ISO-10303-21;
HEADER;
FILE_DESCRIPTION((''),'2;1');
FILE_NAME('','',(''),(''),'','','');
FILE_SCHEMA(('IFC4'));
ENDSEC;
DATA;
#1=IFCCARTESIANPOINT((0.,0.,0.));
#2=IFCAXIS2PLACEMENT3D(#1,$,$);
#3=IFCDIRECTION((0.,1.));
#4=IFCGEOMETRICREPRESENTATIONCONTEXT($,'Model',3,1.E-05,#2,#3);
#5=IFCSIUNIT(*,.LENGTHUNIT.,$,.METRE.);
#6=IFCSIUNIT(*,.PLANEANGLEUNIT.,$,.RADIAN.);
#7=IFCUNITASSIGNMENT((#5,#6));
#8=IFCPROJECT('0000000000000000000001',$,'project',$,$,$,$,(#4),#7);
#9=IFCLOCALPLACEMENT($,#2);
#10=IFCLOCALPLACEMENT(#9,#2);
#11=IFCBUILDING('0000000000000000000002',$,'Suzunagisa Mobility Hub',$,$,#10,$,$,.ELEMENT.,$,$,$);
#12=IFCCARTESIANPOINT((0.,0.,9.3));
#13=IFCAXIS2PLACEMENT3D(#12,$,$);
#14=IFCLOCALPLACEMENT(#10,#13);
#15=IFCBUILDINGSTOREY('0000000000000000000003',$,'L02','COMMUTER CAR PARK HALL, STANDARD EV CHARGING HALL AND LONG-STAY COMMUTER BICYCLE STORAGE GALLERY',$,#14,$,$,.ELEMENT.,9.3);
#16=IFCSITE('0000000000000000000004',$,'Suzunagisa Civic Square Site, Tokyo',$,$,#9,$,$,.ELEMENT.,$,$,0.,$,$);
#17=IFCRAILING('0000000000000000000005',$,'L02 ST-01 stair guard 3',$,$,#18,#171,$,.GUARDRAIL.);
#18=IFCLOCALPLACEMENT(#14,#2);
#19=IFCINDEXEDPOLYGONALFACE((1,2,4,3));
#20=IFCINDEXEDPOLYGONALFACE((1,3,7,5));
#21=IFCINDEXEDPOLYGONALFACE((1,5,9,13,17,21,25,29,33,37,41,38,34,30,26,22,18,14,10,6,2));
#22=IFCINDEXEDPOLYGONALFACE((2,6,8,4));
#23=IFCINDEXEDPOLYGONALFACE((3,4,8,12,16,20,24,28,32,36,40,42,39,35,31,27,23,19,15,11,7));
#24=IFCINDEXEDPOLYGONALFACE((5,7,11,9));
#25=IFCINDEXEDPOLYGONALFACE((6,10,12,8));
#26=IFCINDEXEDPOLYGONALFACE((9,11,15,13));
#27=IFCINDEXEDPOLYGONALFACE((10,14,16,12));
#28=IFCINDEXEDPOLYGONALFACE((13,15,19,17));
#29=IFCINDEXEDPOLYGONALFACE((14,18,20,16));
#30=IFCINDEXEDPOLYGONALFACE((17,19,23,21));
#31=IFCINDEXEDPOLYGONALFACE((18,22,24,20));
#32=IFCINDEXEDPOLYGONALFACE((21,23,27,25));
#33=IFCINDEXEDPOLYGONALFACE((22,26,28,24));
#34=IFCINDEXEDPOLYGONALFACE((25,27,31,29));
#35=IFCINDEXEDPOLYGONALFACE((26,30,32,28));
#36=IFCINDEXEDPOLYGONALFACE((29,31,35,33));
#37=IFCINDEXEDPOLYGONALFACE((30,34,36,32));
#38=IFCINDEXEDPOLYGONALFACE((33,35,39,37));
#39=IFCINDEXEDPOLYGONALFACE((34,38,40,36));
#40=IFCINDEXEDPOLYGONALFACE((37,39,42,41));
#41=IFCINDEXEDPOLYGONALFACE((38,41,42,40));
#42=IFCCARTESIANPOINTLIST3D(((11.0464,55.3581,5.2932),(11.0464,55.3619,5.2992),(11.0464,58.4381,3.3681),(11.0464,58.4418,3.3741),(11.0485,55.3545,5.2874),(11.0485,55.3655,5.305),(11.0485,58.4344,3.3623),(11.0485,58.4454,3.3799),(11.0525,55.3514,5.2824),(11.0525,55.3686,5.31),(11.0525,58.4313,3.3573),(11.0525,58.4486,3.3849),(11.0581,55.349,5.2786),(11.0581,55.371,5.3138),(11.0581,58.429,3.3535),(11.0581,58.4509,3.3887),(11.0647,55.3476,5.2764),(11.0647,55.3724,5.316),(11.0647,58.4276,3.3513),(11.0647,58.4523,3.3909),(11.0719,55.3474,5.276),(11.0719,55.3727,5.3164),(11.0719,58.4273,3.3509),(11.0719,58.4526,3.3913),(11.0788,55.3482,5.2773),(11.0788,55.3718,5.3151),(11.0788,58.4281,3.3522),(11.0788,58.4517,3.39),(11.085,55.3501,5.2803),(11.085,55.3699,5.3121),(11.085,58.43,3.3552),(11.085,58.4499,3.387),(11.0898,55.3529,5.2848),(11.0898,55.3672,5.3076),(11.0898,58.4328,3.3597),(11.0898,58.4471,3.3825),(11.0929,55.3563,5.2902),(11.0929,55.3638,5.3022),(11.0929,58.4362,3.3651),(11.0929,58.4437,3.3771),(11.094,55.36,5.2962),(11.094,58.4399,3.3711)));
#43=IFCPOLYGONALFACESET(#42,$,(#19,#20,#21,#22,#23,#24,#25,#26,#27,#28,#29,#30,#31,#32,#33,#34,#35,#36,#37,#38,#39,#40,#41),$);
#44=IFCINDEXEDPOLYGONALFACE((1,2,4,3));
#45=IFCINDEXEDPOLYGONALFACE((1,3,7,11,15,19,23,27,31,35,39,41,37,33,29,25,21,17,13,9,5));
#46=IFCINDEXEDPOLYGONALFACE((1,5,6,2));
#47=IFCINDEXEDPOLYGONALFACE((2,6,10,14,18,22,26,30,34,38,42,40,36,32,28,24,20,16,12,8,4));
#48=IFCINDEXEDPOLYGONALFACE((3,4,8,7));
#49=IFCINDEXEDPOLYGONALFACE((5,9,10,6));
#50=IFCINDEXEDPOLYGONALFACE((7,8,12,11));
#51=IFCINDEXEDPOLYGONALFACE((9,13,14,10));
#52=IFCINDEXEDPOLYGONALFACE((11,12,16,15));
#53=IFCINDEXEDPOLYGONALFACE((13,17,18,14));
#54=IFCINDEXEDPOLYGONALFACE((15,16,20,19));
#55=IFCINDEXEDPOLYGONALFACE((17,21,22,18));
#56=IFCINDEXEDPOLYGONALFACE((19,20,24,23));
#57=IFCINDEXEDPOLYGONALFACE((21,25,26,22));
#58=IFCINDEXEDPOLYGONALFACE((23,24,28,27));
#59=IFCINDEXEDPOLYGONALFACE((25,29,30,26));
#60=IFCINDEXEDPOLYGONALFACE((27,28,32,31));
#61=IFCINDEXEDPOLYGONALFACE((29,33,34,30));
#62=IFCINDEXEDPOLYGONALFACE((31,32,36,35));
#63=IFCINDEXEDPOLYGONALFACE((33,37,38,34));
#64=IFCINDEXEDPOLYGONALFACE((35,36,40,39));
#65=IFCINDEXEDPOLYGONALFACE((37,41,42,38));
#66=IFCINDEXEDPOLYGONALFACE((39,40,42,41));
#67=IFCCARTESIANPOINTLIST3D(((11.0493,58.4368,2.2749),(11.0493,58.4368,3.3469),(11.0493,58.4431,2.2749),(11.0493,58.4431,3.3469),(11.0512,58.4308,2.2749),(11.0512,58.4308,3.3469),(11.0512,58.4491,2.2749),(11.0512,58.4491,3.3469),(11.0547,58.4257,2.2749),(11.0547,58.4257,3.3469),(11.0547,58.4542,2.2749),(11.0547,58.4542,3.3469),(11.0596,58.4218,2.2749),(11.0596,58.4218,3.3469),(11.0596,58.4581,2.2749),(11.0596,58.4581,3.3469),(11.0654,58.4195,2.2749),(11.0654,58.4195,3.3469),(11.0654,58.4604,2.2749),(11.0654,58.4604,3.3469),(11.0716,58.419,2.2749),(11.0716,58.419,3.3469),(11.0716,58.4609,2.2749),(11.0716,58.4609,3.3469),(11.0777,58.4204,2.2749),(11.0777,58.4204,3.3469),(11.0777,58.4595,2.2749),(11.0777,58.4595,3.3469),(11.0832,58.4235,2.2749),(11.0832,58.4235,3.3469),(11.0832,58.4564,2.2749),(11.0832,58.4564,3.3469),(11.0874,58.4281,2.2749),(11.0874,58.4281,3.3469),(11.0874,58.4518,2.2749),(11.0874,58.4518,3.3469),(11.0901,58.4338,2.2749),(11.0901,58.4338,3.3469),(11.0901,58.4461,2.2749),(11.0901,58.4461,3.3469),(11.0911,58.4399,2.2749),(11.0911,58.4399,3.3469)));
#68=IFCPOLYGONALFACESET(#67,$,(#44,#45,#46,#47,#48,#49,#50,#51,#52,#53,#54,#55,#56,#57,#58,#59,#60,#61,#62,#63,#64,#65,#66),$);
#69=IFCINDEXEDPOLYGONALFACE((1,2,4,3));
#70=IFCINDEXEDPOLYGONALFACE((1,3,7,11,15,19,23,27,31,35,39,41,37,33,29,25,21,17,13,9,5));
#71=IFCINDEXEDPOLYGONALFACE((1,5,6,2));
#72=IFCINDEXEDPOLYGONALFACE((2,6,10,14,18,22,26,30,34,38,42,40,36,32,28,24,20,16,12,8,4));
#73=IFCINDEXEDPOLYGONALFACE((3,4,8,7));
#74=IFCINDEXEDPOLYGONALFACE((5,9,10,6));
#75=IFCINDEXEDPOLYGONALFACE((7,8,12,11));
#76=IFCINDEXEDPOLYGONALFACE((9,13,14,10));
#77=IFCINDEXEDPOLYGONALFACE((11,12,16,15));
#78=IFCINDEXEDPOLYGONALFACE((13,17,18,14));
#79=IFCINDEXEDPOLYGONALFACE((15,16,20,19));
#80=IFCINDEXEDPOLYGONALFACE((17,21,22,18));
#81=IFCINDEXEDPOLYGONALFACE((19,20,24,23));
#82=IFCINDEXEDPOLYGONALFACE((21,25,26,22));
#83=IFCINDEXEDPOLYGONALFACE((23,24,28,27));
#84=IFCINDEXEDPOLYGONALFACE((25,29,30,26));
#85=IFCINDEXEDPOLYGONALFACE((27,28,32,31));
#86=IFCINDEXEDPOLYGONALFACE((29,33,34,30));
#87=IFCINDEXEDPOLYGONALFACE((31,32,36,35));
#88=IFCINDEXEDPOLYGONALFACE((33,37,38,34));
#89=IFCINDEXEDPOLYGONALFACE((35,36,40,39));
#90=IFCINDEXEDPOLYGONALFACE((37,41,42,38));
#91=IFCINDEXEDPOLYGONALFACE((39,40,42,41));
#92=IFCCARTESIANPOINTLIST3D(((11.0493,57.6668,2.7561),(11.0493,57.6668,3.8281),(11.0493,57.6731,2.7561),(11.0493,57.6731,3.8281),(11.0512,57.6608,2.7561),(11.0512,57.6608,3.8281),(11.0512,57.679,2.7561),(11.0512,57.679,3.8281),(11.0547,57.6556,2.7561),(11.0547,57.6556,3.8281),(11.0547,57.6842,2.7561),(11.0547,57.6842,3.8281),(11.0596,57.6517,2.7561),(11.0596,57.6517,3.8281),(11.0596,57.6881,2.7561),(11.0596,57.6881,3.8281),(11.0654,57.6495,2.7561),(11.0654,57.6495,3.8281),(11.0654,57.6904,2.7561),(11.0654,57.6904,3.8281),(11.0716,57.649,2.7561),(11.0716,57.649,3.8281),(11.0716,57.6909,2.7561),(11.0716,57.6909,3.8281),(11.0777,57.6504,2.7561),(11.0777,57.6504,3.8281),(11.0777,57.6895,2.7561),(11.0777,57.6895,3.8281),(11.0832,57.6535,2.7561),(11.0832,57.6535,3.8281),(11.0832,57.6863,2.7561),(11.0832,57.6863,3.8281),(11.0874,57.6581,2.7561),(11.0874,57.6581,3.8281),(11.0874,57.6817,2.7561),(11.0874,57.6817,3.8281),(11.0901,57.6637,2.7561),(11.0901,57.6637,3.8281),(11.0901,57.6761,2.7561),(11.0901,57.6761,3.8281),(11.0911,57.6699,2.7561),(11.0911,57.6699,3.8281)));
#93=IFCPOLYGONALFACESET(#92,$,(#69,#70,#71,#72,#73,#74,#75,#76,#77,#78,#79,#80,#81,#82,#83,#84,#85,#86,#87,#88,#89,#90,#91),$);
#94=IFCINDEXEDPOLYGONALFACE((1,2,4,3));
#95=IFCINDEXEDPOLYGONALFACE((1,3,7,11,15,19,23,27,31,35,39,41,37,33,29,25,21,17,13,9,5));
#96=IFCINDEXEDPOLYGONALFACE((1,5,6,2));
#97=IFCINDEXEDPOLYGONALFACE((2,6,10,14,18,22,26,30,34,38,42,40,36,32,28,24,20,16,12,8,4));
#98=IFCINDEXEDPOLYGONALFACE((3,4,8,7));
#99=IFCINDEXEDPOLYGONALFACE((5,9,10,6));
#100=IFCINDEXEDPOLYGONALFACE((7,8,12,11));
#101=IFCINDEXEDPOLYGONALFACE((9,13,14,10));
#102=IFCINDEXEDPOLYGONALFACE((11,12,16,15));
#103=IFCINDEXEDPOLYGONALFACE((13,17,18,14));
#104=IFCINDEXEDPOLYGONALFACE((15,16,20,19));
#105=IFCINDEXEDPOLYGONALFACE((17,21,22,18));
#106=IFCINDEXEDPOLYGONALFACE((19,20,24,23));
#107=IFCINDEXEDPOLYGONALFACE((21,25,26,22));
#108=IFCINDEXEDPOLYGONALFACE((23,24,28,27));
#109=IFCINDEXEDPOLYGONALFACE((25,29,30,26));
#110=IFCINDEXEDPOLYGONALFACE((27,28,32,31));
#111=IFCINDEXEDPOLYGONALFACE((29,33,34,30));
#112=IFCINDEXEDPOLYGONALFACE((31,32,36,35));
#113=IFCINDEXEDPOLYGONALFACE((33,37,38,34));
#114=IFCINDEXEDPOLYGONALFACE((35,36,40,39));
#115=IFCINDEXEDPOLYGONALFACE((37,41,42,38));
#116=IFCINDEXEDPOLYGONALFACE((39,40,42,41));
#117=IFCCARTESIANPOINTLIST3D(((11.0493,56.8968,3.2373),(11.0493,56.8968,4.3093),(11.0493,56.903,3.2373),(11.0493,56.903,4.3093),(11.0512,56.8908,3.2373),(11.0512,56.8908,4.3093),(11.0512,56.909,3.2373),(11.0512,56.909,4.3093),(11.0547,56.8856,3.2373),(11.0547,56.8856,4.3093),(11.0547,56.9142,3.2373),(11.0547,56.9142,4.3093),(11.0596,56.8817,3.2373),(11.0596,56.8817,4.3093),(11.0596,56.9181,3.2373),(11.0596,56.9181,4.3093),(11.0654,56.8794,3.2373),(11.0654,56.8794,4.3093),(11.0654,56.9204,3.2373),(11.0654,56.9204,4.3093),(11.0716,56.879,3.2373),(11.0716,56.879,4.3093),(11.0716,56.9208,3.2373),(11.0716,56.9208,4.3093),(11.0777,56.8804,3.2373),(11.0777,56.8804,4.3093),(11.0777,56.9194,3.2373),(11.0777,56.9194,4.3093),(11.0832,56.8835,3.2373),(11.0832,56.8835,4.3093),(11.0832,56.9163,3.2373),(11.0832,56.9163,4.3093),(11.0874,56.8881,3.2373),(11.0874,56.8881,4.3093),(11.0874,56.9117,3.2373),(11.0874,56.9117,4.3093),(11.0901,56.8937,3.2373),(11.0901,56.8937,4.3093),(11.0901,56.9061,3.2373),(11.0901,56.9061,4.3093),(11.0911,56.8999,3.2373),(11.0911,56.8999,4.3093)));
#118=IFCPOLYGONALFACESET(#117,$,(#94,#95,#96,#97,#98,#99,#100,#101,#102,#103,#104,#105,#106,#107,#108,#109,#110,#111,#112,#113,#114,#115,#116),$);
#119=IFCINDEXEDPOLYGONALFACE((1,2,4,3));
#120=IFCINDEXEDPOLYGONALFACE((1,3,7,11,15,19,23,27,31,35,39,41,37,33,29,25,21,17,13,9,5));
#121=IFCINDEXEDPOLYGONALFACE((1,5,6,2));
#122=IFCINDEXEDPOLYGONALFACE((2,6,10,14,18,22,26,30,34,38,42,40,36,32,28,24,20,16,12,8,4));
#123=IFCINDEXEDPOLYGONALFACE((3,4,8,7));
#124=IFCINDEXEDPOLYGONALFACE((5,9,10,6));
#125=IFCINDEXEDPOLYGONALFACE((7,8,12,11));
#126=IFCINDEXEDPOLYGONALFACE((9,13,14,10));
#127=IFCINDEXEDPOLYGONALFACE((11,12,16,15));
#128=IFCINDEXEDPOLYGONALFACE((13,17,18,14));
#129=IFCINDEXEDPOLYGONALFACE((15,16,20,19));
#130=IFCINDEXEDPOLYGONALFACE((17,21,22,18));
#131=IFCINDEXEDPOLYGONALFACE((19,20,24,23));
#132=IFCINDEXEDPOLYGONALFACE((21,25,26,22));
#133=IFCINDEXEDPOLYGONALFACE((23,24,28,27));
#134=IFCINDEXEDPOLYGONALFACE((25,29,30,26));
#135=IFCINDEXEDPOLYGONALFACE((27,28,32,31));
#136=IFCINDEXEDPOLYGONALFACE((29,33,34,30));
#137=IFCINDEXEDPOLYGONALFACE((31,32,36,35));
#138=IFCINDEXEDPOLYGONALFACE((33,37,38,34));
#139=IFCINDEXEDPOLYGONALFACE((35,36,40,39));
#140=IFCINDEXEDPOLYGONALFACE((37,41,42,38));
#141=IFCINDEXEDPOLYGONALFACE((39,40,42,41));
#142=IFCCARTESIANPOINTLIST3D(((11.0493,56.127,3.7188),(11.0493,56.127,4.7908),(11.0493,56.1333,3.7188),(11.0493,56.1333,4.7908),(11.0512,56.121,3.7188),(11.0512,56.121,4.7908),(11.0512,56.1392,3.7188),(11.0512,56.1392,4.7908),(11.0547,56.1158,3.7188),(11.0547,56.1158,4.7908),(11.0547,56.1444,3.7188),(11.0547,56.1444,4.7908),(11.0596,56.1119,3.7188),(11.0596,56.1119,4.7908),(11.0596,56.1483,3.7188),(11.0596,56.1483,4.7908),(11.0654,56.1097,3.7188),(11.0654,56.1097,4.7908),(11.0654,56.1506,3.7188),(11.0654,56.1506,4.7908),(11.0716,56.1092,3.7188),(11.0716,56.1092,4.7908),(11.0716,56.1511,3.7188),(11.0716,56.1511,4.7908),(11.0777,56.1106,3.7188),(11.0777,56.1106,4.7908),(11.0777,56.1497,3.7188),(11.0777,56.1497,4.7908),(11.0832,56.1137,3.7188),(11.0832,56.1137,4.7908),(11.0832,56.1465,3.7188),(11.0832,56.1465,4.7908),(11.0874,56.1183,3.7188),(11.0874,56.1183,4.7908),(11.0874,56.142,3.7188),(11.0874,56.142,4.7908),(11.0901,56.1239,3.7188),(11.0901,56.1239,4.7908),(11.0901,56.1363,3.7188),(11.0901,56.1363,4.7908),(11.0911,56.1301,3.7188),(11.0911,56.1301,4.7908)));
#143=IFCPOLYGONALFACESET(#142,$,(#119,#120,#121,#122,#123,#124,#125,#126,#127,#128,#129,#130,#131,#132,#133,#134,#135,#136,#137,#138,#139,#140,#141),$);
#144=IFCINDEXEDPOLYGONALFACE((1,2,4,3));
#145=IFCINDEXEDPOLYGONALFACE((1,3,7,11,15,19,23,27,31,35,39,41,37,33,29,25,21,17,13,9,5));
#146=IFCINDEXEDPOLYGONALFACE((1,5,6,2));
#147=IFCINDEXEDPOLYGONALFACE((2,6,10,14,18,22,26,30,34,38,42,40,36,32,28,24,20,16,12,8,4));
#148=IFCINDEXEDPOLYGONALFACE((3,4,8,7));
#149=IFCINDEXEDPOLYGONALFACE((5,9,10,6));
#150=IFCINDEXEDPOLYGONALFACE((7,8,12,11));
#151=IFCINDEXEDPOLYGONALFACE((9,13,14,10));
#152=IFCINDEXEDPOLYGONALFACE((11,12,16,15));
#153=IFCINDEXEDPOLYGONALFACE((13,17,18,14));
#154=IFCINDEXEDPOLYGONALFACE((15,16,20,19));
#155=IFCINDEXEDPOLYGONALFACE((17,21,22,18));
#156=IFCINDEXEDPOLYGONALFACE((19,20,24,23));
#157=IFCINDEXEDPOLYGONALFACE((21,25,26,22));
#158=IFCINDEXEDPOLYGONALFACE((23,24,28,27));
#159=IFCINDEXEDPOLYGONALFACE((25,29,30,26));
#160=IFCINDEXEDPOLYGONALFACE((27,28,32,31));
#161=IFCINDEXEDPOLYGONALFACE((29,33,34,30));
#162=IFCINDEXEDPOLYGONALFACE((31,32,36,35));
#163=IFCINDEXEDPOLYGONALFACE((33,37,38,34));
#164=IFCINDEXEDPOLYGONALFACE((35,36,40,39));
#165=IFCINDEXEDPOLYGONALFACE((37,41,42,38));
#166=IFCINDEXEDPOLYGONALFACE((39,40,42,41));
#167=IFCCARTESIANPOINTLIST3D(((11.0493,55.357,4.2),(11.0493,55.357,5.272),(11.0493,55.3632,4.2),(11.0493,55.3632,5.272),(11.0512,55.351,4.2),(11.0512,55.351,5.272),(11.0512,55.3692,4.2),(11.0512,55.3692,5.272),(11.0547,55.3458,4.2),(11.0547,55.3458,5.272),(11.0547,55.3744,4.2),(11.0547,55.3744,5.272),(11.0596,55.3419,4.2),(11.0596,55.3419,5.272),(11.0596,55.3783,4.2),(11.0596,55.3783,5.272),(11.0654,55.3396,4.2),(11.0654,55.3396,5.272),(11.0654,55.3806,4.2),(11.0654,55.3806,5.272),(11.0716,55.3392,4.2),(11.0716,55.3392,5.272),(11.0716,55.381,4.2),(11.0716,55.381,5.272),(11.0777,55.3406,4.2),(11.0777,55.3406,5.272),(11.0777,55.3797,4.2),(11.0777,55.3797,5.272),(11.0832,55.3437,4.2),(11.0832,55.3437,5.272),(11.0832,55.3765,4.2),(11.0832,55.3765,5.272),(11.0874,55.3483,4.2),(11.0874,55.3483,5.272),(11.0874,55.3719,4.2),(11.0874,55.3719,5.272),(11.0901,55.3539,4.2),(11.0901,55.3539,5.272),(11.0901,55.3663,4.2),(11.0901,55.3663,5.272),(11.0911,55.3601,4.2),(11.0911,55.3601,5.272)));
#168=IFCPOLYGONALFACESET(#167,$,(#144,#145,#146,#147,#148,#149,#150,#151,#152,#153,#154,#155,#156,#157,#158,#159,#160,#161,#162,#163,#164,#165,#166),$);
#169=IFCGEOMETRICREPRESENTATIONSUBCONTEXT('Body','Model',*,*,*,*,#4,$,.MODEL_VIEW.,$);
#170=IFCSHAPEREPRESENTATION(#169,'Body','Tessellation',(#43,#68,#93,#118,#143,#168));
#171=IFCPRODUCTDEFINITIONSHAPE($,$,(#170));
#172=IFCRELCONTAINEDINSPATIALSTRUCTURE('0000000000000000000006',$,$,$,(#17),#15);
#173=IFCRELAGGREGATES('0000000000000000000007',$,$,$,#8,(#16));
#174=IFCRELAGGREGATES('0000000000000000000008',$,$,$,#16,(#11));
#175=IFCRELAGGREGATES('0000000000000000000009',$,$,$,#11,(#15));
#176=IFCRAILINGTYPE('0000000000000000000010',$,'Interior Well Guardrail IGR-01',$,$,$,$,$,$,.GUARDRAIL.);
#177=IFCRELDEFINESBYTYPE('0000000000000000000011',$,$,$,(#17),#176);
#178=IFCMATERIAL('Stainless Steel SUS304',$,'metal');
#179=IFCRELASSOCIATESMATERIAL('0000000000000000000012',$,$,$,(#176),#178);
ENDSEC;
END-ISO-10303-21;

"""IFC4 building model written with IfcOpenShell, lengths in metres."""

from ifc_helpers import new_model, si_unit, direction, frame, origin, origin_2d, place, context, subcontext, project, spatial, circle, extrude, material, type_object, element, save


model = new_model("IFC4")

# Units and contexts
model_context = context("Model", 3, precision=1e-05, world=origin(), true_north=direction((0.0, 1.0)))
body_context = subcontext(model_context, "Body", "Model", "MODEL_VIEW")
ifc_project = project(units=[si_unit("LENGTHUNIT", "METRE"), si_unit("PLANEANGLEUNIT", "RADIAN")], contexts=[model_context])

# Site, building, storey
site_placement = place(None, origin())
site = spatial("IfcSite", under=ifc_project, at=site_placement, Name="Suzunagisa Civic Square Site, Tokyo", CompositionType="ELEMENT", RefElevation=0.0)
building_placement = place(site_placement, origin())
building = spatial("IfcBuilding", under=site, at=building_placement, Name="Suzunagisa Mobility Hub", CompositionType="ELEMENT")
storey_placement = place(building_placement, frame((0.0, 0.0, 9.3)))
storey = spatial("IfcBuildingStorey", under=building, at=storey_placement, Name="L02", Description="COMMUTER CAR PARK HALL, STANDARD EV CHARGING HALL AND LONG-STAY COMMUTER BICYCLE STORAGE GALLERY", CompositionType="ELEMENT", Elevation=9.3)

# Railing
ifc_material_1 = material(Name="Stainless Steel SUS304", Category="metal")
railing_type_1 = type_object("IfcRailingType", Name="Interior Well Guardrail IGR-01", PredefinedType="GUARDRAIL", material=ifc_material_1)
railing_1_placement = place(storey_placement, frame((11.0701, 58.4399, 2.2749)))
element("IfcRailing", 1, at=railing_1_placement, inside=storey, type_object=railing_type_1, Name="L02 ST-01 stair guard 3", PredefinedType="GUARDRAIL", context=body_context, shape_type="SweptSolid", body=[
    extrude(circle(Radius=0.0239, at=origin_2d()), frame((0.0, 0.0, 1.0962), z_axis=(0.0, -0.847979, 0.530029), x_axis=(1.0, 0.0, 0.0)), (0.0, 0.0, 1.0), 3.6321),
    extrude(circle(Radius=0.021, at=origin_2d()), origin(), (0.0, 0.0, 1.0), 1.072),
    extrude(circle(Radius=0.021, at=origin_2d()), frame((0.0, -0.77, 0.4812)), (0.0, 0.0, 1.0), 1.072),
    extrude(circle(Radius=0.021, at=origin_2d()), frame((0.0, -1.54, 0.9624)), (0.0, 0.0, 1.0), 1.072),
    extrude(circle(Radius=0.021, at=origin_2d()), frame((0.0, -2.3098, 1.4438)), (0.0, 0.0, 1.0), 1.072),
    extrude(circle(Radius=0.021, at=origin_2d()), frame((0.0, -3.0798, 1.925)), (0.0, 0.0, 1.0), 1.072),
])

save(model, "model.ifc")
